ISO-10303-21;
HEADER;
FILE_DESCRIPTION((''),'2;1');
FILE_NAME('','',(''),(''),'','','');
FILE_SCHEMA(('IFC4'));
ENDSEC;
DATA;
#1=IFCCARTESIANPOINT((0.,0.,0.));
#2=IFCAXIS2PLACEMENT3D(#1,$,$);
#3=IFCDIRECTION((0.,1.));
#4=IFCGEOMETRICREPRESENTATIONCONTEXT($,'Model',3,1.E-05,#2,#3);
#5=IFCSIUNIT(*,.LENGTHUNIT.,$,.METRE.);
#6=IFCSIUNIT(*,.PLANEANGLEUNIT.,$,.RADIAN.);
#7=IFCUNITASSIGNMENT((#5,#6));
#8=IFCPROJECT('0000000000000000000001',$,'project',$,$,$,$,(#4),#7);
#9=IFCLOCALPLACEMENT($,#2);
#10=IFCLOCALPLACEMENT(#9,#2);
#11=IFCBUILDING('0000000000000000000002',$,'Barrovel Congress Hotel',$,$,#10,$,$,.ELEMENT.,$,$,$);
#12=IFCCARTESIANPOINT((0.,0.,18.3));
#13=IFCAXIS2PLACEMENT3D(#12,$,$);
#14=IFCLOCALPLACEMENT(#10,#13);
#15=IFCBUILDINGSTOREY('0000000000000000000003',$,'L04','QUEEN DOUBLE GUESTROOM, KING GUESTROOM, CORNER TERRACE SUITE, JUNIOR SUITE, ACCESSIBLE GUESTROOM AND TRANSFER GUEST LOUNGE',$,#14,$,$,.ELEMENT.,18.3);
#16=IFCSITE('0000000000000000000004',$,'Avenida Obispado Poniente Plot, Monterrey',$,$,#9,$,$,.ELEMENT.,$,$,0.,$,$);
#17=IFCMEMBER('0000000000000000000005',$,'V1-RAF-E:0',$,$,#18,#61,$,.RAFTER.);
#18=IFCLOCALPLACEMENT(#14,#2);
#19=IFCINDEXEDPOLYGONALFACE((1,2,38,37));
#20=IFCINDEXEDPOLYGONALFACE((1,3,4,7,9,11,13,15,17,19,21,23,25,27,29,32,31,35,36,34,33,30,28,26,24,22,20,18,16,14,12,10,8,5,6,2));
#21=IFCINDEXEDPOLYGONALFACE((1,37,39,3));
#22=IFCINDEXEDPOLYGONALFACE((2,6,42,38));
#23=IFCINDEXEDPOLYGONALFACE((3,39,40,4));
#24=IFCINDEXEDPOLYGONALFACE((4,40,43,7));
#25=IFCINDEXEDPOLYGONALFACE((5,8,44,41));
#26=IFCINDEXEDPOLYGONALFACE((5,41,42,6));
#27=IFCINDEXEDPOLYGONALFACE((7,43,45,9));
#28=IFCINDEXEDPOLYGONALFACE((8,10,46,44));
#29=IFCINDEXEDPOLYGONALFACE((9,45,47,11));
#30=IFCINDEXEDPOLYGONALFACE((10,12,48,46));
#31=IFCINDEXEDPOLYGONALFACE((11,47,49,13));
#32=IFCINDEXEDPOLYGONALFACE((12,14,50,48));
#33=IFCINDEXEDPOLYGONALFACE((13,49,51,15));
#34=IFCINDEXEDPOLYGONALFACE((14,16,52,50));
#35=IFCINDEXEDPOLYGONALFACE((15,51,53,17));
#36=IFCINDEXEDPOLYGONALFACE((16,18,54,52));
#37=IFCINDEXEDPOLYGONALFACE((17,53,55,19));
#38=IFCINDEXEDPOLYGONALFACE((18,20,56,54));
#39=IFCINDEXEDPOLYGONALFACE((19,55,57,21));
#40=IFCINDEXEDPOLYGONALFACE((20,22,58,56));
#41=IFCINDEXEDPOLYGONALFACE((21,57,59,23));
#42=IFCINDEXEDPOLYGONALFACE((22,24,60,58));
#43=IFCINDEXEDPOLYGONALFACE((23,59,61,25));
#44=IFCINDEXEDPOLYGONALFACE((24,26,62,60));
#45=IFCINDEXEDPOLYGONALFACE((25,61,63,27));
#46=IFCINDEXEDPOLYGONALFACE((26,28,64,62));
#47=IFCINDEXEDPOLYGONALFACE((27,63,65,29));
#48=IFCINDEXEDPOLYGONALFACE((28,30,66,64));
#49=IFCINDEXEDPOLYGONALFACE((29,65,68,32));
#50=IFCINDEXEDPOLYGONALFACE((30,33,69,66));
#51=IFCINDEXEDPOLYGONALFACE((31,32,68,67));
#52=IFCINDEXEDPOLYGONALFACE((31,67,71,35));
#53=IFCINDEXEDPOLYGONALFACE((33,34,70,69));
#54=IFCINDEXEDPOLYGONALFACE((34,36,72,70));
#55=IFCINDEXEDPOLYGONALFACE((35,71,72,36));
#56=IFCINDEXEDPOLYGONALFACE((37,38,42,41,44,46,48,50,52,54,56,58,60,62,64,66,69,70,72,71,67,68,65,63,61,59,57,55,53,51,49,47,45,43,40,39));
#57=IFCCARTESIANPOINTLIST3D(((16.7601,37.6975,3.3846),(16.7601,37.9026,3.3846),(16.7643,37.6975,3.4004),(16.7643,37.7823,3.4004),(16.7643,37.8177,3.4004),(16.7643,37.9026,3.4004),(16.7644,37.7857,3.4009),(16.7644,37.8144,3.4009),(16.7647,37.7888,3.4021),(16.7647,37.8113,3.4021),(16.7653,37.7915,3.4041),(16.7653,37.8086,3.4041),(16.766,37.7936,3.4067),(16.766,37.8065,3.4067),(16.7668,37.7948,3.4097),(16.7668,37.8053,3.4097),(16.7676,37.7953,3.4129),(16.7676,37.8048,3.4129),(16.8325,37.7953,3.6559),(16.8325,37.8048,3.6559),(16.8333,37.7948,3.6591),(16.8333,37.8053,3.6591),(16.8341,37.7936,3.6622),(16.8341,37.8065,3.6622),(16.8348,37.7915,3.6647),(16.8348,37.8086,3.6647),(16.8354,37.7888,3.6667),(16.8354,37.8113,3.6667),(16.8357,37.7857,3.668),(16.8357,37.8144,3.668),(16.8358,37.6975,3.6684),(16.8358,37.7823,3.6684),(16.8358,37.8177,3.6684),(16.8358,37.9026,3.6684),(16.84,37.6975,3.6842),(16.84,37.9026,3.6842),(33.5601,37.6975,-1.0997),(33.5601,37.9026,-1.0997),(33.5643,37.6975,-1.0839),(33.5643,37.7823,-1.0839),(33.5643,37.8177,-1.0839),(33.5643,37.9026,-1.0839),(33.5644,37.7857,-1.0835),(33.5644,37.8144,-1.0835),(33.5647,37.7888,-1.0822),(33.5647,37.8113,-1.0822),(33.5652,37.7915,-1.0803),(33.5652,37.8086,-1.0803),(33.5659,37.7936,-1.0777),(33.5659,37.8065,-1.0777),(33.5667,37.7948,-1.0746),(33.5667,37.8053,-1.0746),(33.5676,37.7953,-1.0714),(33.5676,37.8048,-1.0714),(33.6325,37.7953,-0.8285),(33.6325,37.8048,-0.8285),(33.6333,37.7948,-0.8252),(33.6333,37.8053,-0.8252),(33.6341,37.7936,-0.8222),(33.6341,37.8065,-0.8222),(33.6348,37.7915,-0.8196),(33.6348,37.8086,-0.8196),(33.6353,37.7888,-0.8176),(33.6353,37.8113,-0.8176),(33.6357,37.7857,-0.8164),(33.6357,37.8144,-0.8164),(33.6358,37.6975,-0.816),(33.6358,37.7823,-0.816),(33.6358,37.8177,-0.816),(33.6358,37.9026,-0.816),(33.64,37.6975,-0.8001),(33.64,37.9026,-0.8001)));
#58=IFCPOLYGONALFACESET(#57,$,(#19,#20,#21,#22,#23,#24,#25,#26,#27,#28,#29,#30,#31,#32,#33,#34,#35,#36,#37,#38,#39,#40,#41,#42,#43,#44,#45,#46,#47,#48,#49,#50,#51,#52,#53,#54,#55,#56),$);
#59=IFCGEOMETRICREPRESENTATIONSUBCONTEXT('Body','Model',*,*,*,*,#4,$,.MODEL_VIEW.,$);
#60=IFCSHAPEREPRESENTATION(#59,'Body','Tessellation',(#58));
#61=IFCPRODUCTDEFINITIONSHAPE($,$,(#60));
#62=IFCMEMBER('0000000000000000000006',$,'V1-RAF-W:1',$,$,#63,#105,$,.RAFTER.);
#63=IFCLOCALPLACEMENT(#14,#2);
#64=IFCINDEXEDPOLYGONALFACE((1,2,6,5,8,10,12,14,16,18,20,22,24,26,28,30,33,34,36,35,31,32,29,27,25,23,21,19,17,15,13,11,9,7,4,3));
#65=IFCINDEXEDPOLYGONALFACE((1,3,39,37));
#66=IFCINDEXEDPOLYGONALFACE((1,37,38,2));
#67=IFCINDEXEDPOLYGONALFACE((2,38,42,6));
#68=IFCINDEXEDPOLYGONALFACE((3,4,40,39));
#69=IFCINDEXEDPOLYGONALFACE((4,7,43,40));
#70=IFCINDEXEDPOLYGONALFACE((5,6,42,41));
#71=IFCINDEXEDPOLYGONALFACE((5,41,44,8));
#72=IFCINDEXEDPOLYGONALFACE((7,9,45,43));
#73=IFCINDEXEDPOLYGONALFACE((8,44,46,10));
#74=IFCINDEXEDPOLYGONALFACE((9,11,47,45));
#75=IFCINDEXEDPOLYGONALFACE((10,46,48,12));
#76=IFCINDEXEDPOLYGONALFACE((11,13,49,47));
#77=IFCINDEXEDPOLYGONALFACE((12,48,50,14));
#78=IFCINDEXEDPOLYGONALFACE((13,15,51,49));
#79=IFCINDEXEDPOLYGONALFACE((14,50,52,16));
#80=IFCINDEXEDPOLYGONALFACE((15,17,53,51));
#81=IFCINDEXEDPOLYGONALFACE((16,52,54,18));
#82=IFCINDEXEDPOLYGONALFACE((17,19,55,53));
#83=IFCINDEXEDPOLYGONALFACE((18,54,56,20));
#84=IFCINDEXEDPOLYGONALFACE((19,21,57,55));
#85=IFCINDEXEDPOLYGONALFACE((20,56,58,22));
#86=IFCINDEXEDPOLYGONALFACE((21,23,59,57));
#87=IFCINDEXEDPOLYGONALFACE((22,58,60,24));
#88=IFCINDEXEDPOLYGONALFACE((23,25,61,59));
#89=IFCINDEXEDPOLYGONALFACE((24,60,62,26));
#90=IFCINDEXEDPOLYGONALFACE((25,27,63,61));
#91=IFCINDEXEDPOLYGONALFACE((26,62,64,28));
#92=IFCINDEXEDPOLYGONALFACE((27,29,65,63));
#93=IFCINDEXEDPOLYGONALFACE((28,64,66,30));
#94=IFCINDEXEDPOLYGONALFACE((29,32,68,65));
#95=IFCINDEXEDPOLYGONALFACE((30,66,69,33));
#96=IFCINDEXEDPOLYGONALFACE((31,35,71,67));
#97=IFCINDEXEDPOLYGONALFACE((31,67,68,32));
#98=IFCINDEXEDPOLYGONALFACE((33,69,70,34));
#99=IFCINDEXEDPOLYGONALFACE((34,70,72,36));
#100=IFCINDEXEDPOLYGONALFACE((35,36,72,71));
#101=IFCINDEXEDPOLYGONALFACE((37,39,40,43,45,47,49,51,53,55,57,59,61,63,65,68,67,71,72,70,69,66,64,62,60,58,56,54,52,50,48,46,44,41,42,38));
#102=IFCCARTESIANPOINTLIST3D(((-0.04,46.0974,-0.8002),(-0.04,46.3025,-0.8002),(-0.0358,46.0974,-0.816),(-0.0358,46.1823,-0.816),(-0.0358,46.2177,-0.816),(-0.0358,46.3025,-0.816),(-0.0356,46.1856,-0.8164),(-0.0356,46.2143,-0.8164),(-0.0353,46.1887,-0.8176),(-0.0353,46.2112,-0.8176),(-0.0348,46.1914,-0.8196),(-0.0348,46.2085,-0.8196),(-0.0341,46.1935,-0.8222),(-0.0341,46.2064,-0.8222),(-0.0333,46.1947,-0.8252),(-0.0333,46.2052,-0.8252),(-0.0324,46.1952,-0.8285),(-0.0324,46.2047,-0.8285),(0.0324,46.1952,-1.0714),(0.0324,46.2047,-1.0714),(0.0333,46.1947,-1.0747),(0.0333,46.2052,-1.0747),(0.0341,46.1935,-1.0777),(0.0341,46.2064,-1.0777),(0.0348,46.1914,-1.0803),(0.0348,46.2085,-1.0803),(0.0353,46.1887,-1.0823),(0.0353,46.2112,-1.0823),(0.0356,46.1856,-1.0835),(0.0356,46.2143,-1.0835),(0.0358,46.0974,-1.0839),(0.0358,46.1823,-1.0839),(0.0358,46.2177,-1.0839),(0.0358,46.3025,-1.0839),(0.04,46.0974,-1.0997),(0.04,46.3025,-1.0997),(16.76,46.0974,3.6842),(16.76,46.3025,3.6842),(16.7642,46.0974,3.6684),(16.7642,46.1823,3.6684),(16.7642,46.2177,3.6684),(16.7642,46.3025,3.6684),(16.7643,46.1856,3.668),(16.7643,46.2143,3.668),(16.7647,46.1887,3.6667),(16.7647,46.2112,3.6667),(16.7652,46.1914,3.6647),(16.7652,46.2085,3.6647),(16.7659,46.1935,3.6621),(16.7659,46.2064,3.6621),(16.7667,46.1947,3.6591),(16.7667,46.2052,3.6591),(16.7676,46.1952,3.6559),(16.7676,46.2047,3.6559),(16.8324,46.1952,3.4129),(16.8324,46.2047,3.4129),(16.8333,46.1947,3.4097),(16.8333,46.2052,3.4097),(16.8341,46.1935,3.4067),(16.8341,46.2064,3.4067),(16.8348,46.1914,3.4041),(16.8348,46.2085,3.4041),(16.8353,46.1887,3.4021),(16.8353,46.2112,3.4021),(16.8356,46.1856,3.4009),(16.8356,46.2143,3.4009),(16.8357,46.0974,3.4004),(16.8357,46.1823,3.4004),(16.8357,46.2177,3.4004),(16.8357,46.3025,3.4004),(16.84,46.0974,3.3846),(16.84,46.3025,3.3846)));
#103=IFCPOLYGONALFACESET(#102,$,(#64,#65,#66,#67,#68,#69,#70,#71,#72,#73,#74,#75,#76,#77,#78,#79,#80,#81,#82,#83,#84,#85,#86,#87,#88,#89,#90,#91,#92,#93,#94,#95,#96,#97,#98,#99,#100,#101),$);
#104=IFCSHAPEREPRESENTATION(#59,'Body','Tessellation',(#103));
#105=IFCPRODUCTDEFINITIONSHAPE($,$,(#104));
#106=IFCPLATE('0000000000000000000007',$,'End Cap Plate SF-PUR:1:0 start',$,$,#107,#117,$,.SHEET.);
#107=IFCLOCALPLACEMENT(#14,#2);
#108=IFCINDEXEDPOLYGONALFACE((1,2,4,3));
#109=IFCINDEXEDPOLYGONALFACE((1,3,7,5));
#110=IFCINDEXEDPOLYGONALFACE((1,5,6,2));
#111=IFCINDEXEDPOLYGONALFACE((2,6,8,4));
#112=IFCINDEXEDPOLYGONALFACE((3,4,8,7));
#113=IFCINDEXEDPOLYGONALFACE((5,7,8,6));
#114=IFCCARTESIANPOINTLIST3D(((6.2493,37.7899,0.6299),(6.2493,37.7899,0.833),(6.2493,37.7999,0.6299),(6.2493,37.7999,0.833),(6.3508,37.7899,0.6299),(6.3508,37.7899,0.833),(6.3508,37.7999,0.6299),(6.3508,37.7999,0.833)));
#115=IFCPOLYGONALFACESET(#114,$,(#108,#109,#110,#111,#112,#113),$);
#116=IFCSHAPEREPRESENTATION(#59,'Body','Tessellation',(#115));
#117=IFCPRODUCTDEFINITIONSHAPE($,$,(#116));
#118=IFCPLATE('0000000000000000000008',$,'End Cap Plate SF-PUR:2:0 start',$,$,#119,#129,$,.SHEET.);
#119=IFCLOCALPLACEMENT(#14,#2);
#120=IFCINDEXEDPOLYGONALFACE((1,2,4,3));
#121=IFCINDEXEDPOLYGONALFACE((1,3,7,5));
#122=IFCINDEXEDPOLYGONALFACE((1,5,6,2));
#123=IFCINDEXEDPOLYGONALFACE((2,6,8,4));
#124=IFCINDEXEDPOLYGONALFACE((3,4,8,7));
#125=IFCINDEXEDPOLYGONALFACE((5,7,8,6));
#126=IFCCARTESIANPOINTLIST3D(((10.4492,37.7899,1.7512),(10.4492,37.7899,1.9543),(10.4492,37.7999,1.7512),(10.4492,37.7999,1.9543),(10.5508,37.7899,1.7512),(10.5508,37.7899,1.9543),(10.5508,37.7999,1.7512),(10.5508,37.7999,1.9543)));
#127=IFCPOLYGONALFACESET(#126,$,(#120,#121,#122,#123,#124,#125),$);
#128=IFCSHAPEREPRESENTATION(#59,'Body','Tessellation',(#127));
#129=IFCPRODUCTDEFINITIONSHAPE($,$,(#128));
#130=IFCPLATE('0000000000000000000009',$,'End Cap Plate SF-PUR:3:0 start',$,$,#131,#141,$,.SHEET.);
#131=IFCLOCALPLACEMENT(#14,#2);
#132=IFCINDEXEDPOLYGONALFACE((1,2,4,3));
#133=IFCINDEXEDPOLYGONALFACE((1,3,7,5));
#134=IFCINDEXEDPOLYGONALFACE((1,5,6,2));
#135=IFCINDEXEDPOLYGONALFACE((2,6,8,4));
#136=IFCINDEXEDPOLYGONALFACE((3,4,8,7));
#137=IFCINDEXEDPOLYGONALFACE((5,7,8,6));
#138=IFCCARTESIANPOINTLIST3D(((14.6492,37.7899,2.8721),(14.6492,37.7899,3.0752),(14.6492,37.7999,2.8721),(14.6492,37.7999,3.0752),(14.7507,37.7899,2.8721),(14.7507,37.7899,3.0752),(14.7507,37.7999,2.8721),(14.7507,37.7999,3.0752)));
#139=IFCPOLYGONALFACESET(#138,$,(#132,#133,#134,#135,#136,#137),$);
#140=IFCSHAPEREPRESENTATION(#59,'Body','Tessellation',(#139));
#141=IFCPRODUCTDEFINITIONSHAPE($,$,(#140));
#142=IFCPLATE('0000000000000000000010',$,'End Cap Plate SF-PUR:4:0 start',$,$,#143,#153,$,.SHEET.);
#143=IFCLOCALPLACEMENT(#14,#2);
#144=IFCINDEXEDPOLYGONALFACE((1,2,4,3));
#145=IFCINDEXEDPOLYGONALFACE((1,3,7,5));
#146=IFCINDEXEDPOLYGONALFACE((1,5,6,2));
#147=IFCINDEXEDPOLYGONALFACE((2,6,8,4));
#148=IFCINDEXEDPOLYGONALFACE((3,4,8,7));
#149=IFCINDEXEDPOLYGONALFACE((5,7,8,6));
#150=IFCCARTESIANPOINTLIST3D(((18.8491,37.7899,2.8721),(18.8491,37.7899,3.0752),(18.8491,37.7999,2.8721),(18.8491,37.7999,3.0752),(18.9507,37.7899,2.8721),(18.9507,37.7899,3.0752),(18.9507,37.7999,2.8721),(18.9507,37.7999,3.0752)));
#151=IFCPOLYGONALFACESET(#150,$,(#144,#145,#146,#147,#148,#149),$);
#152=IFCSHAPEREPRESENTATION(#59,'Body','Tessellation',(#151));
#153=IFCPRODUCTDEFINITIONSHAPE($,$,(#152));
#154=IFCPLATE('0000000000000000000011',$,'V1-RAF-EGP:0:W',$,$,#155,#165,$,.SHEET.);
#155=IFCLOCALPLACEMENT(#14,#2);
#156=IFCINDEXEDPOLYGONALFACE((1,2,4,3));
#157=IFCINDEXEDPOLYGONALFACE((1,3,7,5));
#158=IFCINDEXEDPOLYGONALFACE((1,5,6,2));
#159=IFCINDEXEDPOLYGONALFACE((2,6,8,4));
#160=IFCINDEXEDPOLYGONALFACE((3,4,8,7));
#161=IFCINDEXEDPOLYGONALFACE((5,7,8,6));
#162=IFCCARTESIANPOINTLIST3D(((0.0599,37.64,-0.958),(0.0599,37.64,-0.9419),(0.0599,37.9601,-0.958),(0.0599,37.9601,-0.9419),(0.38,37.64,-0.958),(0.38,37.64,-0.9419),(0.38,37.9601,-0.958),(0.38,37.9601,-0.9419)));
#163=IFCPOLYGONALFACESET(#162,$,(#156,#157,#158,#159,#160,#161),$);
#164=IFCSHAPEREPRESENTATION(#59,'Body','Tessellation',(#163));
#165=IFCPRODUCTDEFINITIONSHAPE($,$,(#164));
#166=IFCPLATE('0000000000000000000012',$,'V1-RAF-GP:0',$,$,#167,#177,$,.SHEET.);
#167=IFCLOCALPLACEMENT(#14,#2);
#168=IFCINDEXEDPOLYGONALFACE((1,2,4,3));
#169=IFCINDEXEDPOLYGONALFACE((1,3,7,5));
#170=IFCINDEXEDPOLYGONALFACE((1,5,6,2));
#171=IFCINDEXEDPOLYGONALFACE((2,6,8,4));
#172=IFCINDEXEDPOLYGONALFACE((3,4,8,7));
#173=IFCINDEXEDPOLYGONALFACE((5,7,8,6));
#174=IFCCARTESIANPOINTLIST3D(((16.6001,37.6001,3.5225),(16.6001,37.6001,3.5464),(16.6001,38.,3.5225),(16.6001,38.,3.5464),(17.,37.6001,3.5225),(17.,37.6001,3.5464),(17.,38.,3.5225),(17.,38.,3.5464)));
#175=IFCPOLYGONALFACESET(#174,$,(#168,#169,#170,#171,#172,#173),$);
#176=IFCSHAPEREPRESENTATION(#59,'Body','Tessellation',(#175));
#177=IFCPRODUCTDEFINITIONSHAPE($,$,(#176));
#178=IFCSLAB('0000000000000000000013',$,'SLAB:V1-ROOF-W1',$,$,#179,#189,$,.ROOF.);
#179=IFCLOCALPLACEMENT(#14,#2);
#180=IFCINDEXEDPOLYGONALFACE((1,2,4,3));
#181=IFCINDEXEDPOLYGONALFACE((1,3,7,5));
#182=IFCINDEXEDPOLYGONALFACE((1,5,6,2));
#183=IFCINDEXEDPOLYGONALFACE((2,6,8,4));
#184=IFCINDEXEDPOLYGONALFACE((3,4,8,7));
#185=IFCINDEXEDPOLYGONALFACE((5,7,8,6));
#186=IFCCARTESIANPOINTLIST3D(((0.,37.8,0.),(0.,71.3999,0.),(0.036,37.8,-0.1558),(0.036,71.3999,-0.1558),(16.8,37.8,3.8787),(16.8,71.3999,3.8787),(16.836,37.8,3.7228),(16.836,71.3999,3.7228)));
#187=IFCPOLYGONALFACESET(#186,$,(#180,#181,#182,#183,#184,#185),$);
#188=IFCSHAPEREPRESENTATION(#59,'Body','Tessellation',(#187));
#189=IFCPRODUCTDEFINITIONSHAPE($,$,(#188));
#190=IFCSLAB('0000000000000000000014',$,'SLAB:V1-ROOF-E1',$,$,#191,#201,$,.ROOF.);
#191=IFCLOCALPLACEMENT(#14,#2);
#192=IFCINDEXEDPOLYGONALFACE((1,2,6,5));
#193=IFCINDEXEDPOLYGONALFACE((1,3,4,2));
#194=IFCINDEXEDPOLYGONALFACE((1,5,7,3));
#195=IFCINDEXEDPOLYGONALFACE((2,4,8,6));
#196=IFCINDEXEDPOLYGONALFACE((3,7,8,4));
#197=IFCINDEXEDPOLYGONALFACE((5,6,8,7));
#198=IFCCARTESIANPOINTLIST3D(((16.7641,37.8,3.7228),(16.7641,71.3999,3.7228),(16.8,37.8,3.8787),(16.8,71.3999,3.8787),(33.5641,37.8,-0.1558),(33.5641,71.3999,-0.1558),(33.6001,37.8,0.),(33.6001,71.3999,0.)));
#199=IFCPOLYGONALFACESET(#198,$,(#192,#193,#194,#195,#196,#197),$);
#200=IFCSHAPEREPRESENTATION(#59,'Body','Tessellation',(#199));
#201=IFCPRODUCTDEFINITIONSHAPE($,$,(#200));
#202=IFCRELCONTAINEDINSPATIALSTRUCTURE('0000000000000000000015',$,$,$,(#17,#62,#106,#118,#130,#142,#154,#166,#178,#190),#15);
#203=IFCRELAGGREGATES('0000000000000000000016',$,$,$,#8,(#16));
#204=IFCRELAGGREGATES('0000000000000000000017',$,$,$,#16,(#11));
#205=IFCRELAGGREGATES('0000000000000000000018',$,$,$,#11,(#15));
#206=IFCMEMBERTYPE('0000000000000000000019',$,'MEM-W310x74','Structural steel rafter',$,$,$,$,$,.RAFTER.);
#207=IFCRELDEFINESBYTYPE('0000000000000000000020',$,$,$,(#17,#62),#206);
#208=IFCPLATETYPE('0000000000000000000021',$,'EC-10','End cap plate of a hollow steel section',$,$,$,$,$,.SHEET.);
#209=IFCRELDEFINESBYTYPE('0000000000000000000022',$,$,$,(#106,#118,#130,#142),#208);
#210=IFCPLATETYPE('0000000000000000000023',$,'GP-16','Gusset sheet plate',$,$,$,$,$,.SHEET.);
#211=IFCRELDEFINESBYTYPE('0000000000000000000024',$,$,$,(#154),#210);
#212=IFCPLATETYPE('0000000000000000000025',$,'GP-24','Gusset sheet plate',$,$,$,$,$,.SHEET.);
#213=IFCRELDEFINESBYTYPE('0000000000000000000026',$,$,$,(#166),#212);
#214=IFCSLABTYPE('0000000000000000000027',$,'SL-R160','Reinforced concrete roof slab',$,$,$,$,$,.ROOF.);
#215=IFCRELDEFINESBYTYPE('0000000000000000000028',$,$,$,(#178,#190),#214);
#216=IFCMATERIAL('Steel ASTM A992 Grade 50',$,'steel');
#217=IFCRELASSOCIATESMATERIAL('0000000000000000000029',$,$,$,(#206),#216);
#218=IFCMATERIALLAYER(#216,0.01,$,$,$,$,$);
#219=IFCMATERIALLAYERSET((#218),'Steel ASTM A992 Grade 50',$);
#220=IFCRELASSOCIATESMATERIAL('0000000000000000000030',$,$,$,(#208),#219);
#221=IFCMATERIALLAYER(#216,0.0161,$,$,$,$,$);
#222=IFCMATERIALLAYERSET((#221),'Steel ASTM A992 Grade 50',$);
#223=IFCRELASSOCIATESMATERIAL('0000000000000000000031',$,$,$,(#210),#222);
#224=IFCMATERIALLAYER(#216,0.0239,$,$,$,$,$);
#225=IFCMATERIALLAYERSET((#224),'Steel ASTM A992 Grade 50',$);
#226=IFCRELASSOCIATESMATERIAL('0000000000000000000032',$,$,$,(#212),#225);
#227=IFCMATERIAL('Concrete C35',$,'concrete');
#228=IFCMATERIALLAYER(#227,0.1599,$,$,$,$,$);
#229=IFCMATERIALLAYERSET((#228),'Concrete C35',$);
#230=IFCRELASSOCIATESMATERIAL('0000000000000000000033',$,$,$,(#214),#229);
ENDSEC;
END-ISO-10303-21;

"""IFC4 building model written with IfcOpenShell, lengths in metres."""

from ifc_helpers import new_model, si_unit, direction, frame, origin, origin_2d, place, context, subcontext, project, spatial, polyline, rectangle, i_section, outline, extrude, material, layer, layer_set, material_profile, profile_set, type_object, element, save


model = new_model("IFC4")

# Units and contexts
model_context = context("Model", 3, precision=1e-05, world=origin(), true_north=direction((0.0, 1.0)))
body_context = subcontext(model_context, "Body", "Model", "MODEL_VIEW")
ifc_project = project(units=[si_unit("LENGTHUNIT", "METRE"), si_unit("PLANEANGLEUNIT", "RADIAN")], contexts=[model_context])

# Site, building, storey
site_placement = place(None, origin())
site = spatial("IfcSite", under=ifc_project, at=site_placement, Name="Avenida Obispado Poniente Plot, Monterrey", CompositionType="ELEMENT", RefElevation=0.0)
building_placement = place(site_placement, origin())
building = spatial("IfcBuilding", under=site, at=building_placement, Name="Barrovel Congress Hotel", CompositionType="ELEMENT")
storey_placement = place(building_placement, frame((0.0, 0.0, 18.3)))
storey = spatial("IfcBuildingStorey", under=building, at=storey_placement, Name="L04", Description="QUEEN DOUBLE GUESTROOM, KING GUESTROOM, CORNER TERRACE SUITE, JUNIOR SUITE, ACCESSIBLE GUESTROOM AND TRANSFER GUEST LOUNGE", CompositionType="ELEMENT", Elevation=18.3)

# Members
ifc_material_1 = material(Name="Steel ASTM A992 Grade 50", Category="steel")
ifc_material_profile_1 = material_profile(ifc_material_1, i_section(OverallWidth=0.2051, OverallDepth=0.3101, WebThickness=0.0095, FlangeThickness=0.0164, FilletRadius=0.0129, at=origin_2d()), Name="W310x74")
ifc_profile_set_1 = profile_set([ifc_material_profile_1], Name="Steel ASTM A992 Grade 50")
member_type_1 = type_object("IfcMemberType", Name="MEM-W310x74", Description="Structural steel rafter", PredefinedType="RAFTER", material=ifc_profile_set_1)
for number, where, z_axis, x_axis, name in (
    (1, (16.8, 37.8, 3.5344), (0.966172, 0.0, -0.257897), (0.0, 1.0, 0.0), "V1-RAF-E:0"),
    (2, (0.0, 46.2, -0.95), (0.966172, 0.0, 0.257897), (0.0, 1.0, 0.0), "V1-RAF-W:1"),
):
    element("IfcMember", number, at=place(storey_placement, frame(where, z_axis=z_axis, x_axis=x_axis)), inside=storey, type_object=member_type_1, Name=name, PredefinedType="RAFTER", context=body_context, shape_type="SweptSolid", body=[
        extrude(i_section(OverallWidth=0.2051, OverallDepth=0.3101, WebThickness=0.0095, FlangeThickness=0.0164, FilletRadius=0.0129, at=origin_2d()), origin(), (0.0, 0.0, 1.0), 17.3882),
    ])

# Plates
ifc_layer_1 = layer(ifc_material_1, 0.01)
ifc_layer_set_1 = layer_set([ifc_layer_1], Name="Steel ASTM A992 Grade 50")
plate_type_1 = type_object("IfcPlateType", Name="EC-10", Description="End cap plate of a hollow steel section", PredefinedType="SHEET", material=ifc_layer_set_1)
for number, where, z_axis, x_axis, name in (
    (3, (6.3, 37.7949, 0.6299), (0.0, 0.0, 1.0), (0.0, -1.0, 0.0), "End Cap Plate SF-PUR:1:0 start"),
    (4, (10.5, 37.7949, 1.7512), (0.0, 0.0, 1.0), (0.0, -1.0, 0.0), "End Cap Plate SF-PUR:2:0 start"),
    (5, (14.7, 37.7949, 2.8721), (0.0, 0.0, 1.0), (0.0, -1.0, 0.0), "End Cap Plate SF-PUR:3:0 start"),
    (6, (18.8999, 37.7949, 2.8721), (0.0, 0.0, 1.0), (0.0, -1.0, 0.0), "End Cap Plate SF-PUR:4:0 start"),
):
    element("IfcPlate", number, at=place(storey_placement, frame(where, z_axis=z_axis, x_axis=x_axis)), inside=storey, type_object=plate_type_1, Name=name, PredefinedType="SHEET", context=body_context, shape_type="SweptSolid", body=[
        extrude(rectangle(XDim=0.01, YDim=0.1016, at=origin_2d()), origin(), (0.0, 0.0, 1.0), 0.2031),
    ])
ifc_layer_2 = layer(ifc_material_1, 0.0161)
ifc_layer_set_2 = layer_set([ifc_layer_2], Name="Steel ASTM A992 Grade 50")
plate_type_2 = type_object("IfcPlateType", Name="GP-16", Description="Gusset sheet plate", PredefinedType="SHEET", material=ifc_layer_set_2)
plate_1_placement = place(storey_placement, frame((0.22, 37.8, -0.958), z_axis=(0.0, 0.0, 1.0), x_axis=(1.0, 0.0, 0.0)))
element("IfcPlate", 7, at=plate_1_placement, inside=storey, type_object=plate_type_2, Name="V1-RAF-EGP:0:W", PredefinedType="SHEET", context=body_context, shape_type="SweptSolid", body=[
    extrude(rectangle(XDim=0.3201, YDim=0.3201, at=origin_2d()), origin(), (0.0, 0.0, 1.0), 0.0161),
])
ifc_layer_3 = layer(ifc_material_1, 0.0239)
ifc_layer_set_3 = layer_set([ifc_layer_3], Name="Steel ASTM A992 Grade 50")
plate_type_3 = type_object("IfcPlateType", Name="GP-24", Description="Gusset sheet plate", PredefinedType="SHEET", material=ifc_layer_set_3)
plate_2_placement = place(storey_placement, frame((16.8, 37.8, 3.5225), z_axis=(0.0, 0.0, 1.0), x_axis=(1.0, 0.0, 0.0)))
element("IfcPlate", 8, at=plate_2_placement, inside=storey, type_object=plate_type_3, Name="V1-RAF-GP:0", PredefinedType="SHEET", context=body_context, shape_type="SweptSolid", body=[
    extrude(rectangle(XDim=0.3999, YDim=0.3999, at=origin_2d()), origin(), (0.0, 0.0, 1.0), 0.0239),
])

# Slabs
ifc_material_2 = material(Name="Concrete C35", Category="concrete")
ifc_layer_4 = layer(ifc_material_2, 0.1599)
ifc_layer_set_4 = layer_set([ifc_layer_4], Name="Concrete C35")
slab_type = type_object("IfcSlabType", Name="SL-R160", Description="Reinforced concrete roof slab", PredefinedType="ROOF", material=ifc_layer_set_4)
for number, where, z_axis, x_axis, name in (
    (9, (0.0, 37.8, 0.0), (-0.224955, 0.0, 0.974369), (0.974369, 0.0, 0.224955), "SLAB:V1-ROOF-W1"),
    (10, (16.8, 37.8, 3.8787), (0.224955, 0.0, 0.974369), (0.974369, 0.0, -0.224955), "SLAB:V1-ROOF-E1"),
):
    element("IfcSlab", number, at=place(storey_placement, frame(where, z_axis=z_axis, x_axis=x_axis)), inside=storey, type_object=slab_type, Name=name, PredefinedType="ROOF", context=body_context, shape_type="SweptSolid", body=[
        extrude(outline(polyline([(0.0, 0.0), (17.242, 0.0), (17.242, 33.5999), (0.0, 33.5999), (0.0, 0.0)])), origin(), (0.0, 0.0, -1.0), 0.1599),
    ])

save(model, "model.ifc")
